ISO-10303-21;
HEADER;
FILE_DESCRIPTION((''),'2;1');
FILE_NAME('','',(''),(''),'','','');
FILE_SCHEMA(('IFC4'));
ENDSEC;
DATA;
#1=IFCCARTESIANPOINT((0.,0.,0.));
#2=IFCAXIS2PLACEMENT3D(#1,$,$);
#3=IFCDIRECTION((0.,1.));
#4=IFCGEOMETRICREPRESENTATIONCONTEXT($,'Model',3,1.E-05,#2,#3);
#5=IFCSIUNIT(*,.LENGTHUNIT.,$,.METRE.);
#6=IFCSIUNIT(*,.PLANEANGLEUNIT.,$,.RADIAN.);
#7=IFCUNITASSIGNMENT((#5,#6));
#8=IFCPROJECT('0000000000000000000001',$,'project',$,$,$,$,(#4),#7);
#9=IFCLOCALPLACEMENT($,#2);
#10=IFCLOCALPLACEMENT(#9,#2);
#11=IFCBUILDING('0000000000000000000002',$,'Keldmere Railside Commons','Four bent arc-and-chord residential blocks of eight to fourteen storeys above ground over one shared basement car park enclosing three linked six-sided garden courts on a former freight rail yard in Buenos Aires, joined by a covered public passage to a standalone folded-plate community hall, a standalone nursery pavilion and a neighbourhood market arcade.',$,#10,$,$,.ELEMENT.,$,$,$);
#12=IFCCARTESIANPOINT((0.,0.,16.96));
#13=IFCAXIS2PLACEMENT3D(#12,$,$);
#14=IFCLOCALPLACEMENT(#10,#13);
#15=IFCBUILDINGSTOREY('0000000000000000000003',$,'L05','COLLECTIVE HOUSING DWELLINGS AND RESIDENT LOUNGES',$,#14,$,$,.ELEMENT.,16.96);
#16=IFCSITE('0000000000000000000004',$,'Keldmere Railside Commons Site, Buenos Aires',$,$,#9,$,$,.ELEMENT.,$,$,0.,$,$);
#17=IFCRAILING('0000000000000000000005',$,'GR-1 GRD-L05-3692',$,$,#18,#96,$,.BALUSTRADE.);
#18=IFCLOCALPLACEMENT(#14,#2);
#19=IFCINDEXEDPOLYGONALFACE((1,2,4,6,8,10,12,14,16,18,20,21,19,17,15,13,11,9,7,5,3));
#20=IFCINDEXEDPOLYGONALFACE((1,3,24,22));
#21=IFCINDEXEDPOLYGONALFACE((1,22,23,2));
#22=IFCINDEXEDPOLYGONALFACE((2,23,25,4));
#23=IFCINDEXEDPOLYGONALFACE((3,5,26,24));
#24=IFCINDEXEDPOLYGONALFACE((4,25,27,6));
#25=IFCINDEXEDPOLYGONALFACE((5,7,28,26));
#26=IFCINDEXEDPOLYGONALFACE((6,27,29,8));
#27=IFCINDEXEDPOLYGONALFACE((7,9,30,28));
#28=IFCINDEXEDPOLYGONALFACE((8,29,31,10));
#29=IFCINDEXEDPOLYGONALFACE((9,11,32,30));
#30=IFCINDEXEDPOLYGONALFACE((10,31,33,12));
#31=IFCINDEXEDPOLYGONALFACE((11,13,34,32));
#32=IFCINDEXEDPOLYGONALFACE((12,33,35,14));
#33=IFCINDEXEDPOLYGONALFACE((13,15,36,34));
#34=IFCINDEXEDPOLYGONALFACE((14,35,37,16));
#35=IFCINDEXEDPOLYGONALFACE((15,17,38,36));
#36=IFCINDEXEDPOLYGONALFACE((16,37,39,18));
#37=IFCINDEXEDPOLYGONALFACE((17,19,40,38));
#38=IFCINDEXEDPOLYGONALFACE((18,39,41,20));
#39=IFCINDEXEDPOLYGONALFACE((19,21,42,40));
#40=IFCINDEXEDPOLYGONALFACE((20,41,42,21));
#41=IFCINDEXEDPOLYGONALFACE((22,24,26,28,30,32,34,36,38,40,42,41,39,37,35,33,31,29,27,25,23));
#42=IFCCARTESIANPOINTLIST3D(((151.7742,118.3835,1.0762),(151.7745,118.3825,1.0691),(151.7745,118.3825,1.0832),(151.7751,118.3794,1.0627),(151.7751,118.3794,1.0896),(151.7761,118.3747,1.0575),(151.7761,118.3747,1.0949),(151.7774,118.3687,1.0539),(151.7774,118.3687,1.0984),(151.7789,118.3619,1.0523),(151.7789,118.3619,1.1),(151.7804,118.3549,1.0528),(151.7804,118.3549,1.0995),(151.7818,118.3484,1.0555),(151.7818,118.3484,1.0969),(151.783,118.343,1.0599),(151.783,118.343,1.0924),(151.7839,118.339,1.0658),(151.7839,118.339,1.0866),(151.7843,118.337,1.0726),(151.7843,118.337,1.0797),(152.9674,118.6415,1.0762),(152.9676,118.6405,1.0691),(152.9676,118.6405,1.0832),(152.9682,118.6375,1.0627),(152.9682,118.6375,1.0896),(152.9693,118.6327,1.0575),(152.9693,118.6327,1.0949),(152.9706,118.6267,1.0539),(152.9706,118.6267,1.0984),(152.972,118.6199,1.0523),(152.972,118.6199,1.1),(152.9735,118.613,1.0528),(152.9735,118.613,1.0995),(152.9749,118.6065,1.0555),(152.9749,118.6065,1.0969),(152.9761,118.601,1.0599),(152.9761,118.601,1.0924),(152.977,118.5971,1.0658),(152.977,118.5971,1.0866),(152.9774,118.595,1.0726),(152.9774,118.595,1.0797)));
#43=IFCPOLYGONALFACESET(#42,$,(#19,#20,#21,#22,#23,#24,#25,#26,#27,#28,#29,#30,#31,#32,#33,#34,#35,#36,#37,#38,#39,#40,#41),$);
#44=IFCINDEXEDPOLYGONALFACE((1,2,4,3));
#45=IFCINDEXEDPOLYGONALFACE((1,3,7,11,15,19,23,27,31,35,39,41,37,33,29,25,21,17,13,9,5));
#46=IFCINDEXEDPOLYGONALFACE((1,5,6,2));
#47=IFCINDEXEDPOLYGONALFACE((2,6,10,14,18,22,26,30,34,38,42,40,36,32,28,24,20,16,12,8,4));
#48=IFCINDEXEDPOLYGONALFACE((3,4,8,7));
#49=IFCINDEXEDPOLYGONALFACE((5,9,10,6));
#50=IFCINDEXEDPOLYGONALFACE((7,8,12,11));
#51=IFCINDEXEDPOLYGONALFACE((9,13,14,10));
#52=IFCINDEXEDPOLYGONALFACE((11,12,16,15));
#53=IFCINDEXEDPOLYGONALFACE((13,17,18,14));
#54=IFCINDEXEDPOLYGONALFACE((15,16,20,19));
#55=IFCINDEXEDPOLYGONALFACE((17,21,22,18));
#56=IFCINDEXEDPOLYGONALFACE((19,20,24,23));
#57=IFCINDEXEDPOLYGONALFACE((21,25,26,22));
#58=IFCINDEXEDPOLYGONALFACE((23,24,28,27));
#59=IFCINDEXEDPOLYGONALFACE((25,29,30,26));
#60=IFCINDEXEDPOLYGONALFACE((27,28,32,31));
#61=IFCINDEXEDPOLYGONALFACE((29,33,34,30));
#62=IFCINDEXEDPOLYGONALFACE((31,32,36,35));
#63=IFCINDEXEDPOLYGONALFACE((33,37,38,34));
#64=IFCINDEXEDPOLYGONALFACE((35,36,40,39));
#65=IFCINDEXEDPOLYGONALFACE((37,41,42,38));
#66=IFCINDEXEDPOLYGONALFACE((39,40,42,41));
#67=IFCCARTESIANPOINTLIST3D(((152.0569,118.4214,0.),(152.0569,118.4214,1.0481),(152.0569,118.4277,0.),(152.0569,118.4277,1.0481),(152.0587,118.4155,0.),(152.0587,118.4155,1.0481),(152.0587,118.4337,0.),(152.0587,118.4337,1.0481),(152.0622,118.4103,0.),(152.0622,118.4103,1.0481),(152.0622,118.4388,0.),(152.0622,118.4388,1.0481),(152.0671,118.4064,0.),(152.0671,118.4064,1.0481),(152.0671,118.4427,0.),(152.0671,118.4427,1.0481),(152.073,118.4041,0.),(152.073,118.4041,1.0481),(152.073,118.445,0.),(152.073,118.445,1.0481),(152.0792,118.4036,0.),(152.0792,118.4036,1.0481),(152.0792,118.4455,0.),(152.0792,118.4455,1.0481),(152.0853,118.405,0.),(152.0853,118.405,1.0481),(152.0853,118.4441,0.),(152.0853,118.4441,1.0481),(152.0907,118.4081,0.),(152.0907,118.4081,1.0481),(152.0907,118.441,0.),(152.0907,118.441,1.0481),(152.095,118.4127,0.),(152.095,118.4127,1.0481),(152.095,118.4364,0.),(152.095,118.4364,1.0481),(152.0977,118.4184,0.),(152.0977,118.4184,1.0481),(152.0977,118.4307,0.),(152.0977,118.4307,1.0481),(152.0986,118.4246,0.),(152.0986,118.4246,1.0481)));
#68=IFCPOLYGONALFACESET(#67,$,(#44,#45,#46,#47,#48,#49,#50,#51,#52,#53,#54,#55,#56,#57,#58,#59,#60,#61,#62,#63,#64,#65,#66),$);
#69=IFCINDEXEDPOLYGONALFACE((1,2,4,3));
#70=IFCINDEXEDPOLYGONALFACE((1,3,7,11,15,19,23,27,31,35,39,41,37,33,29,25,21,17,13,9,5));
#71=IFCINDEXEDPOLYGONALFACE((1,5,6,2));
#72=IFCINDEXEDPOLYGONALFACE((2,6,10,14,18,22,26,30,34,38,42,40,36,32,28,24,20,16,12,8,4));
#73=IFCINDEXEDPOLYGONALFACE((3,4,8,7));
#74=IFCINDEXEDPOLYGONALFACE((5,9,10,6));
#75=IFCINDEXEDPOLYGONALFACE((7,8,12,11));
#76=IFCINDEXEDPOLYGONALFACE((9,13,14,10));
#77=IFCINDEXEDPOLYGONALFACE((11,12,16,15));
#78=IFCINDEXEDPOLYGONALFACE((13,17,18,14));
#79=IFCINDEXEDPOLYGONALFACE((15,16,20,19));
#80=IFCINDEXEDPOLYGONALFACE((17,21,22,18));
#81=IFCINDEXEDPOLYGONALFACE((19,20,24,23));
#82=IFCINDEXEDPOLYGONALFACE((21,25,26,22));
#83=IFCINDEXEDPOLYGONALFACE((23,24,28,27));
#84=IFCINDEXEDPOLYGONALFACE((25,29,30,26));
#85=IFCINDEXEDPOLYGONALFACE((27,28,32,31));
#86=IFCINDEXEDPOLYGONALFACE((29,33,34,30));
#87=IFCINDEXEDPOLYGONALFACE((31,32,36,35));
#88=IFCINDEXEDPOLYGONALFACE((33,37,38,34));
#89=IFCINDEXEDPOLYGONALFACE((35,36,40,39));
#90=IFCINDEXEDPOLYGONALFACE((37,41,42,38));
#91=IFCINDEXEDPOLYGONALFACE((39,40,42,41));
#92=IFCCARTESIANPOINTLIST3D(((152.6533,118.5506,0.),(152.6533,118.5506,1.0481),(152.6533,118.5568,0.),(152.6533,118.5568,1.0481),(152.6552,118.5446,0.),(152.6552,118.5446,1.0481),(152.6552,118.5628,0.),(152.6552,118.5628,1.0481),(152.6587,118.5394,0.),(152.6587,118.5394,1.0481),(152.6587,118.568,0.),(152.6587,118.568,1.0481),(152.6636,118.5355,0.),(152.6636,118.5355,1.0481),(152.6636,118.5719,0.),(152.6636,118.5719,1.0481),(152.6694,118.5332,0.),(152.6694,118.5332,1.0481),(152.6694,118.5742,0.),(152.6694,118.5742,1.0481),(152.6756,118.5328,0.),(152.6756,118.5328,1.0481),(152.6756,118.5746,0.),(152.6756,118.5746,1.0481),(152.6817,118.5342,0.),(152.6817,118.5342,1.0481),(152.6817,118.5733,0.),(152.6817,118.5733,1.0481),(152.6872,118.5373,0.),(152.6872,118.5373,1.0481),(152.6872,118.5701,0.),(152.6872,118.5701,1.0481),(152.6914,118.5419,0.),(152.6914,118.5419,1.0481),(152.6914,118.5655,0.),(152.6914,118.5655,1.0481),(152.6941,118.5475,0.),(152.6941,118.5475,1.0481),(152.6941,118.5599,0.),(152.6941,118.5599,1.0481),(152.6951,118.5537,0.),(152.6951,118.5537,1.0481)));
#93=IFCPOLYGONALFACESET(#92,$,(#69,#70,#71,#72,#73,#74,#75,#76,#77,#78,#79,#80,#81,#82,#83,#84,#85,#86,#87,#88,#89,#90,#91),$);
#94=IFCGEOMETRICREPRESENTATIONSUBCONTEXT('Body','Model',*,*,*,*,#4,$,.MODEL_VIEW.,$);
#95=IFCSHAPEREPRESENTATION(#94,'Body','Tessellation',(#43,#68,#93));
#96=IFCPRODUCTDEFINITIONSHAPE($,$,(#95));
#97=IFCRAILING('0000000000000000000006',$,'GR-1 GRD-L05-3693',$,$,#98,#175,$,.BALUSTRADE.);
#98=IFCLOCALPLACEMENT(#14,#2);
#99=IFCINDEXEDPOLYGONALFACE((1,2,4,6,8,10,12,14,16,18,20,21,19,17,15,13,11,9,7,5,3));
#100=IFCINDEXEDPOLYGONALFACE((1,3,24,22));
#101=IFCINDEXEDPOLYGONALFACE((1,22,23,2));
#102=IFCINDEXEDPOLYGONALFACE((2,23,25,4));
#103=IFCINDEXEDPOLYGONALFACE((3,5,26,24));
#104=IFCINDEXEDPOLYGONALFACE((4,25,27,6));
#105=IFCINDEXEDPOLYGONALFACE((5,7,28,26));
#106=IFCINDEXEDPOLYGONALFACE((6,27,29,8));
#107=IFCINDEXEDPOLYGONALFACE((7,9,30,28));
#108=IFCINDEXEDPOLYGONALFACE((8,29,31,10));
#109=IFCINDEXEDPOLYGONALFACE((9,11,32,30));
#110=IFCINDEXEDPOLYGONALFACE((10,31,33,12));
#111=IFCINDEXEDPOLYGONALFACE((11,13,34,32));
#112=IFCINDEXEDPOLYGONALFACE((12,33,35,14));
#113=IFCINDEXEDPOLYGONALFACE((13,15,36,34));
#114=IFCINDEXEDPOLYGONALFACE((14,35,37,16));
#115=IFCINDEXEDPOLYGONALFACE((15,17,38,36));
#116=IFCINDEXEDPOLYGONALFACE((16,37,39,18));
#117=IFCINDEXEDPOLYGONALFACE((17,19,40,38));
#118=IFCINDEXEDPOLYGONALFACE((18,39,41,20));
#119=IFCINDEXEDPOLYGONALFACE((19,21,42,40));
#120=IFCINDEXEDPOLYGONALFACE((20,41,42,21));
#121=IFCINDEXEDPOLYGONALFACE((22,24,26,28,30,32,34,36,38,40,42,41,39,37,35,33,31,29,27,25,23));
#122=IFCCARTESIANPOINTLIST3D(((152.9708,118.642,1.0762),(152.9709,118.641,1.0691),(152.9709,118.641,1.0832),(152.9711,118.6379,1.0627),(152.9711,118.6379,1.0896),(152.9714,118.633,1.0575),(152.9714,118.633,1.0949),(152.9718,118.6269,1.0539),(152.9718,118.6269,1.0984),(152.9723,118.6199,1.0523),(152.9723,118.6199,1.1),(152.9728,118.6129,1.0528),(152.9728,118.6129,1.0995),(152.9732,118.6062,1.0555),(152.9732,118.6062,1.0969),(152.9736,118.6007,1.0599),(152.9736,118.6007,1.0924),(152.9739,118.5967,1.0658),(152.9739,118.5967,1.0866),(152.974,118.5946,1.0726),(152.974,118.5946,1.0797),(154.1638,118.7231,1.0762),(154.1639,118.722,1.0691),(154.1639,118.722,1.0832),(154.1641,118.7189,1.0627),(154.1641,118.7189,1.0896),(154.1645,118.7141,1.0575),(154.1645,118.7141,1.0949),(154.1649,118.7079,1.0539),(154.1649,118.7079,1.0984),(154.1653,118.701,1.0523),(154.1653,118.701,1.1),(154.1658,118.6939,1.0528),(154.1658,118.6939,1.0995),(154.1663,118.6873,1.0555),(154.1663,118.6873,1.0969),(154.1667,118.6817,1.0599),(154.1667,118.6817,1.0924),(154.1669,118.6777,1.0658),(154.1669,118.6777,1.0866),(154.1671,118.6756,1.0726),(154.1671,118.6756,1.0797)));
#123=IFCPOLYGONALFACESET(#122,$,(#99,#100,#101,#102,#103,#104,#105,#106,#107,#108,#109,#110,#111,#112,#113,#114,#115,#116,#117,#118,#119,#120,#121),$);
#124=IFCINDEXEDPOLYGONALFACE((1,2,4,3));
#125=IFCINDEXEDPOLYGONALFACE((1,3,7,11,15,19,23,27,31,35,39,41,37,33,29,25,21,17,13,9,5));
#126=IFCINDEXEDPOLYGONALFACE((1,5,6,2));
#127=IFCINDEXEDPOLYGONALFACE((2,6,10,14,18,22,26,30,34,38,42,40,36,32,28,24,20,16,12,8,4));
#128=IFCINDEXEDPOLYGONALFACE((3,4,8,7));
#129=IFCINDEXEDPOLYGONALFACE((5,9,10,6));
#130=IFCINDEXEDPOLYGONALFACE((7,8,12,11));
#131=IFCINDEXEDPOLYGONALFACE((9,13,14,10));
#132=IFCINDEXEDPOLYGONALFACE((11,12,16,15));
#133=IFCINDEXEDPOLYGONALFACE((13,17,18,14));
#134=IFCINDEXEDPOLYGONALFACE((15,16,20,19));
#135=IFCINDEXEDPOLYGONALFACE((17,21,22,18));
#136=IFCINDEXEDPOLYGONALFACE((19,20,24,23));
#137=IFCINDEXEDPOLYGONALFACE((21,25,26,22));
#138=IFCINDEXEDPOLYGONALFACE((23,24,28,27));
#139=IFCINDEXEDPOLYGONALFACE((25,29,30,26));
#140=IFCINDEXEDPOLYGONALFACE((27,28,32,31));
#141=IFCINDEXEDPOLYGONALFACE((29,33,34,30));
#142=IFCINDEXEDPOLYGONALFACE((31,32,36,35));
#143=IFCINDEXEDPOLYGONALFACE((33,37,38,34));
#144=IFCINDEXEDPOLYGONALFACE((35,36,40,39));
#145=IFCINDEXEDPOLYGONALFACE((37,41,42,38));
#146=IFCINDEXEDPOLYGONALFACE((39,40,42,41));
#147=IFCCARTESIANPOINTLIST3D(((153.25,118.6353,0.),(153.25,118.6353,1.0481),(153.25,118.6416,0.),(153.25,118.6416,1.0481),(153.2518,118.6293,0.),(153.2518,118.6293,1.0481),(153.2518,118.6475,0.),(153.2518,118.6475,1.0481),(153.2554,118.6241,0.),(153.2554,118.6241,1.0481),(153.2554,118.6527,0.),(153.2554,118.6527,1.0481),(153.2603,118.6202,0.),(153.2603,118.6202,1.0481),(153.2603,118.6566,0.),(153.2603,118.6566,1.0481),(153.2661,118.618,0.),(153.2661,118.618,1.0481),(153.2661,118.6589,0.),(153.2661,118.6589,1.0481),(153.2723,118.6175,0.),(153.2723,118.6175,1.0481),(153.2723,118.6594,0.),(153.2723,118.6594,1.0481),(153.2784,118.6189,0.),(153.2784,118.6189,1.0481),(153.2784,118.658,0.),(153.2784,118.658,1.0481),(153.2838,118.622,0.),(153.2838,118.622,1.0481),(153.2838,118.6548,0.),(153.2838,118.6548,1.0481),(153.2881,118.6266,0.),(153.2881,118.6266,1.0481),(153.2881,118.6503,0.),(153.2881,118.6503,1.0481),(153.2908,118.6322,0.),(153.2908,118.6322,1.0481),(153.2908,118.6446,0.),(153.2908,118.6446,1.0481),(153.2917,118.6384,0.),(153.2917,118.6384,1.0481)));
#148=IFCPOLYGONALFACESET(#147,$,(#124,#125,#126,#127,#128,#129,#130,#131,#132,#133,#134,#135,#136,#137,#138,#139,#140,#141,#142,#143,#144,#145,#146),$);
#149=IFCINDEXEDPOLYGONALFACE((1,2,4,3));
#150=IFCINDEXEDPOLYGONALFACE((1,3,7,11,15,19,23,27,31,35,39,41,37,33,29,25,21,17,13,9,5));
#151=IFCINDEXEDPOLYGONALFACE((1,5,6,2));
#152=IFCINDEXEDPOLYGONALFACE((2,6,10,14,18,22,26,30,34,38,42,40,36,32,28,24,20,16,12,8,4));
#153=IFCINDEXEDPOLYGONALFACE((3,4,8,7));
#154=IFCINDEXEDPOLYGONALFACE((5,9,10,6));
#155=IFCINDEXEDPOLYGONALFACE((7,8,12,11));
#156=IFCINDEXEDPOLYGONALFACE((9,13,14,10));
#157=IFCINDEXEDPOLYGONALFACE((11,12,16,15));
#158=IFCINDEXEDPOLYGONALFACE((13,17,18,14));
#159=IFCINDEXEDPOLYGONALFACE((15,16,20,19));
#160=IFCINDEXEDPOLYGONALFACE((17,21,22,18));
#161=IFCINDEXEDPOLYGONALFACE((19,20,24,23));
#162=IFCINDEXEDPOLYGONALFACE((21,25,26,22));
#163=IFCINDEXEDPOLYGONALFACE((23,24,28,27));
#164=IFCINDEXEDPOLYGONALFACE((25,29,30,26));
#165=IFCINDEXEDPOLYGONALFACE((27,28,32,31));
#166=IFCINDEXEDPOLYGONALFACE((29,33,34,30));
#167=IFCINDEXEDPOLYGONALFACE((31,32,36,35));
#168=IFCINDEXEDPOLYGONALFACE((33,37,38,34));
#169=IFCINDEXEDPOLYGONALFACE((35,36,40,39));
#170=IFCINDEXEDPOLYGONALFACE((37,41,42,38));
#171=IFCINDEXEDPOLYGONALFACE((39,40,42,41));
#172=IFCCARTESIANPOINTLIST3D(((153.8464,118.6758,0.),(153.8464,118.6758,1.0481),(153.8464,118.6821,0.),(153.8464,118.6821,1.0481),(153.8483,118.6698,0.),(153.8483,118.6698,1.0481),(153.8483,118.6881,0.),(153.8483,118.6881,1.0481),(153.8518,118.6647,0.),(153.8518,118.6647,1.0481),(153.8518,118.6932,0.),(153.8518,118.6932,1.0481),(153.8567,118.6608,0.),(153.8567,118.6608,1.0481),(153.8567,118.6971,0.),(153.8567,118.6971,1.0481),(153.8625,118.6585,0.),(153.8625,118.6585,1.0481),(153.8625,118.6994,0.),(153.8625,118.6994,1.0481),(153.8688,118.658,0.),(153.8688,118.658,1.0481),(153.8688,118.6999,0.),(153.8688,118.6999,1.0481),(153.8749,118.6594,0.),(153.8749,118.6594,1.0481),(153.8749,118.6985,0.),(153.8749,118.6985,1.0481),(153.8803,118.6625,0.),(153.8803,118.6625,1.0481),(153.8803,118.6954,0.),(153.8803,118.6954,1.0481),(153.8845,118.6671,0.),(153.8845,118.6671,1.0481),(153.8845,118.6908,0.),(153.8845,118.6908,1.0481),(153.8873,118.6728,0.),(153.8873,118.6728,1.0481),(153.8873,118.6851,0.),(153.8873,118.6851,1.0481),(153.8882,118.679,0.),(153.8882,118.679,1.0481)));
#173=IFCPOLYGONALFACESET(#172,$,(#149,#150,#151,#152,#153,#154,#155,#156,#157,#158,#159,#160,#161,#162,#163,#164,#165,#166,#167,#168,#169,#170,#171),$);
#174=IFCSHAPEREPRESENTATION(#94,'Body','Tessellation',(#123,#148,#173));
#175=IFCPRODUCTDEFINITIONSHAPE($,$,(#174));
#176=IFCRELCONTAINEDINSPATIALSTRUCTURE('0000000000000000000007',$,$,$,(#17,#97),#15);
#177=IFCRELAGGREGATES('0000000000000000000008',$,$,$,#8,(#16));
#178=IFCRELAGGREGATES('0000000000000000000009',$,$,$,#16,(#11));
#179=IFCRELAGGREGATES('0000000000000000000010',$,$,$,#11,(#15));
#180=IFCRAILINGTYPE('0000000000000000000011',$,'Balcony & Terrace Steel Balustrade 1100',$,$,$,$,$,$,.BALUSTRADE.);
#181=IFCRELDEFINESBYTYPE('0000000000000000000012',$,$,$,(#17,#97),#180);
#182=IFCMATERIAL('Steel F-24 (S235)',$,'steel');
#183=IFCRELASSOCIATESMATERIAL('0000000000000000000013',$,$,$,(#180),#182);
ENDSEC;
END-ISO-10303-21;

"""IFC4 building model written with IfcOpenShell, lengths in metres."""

from ifc_helpers import new_model, si_unit, direction, frame, origin, origin_2d, place, context, subcontext, project, spatial, circle, extrude, material, type_object, element, save


model = new_model("IFC4")

# Units and contexts
model_context = context("Model", 3, precision=1e-05, world=origin(), true_north=direction((0.0, 1.0)))
body_context = subcontext(model_context, "Body", "Model", "MODEL_VIEW")
ifc_project = project(units=[si_unit("LENGTHUNIT", "METRE"), si_unit("PLANEANGLEUNIT", "RADIAN")], contexts=[model_context])

# Site, building, storey
site_placement = place(None, origin())
site = spatial("IfcSite", under=ifc_project, at=site_placement, Name="Keldmere Railside Commons Site, Buenos Aires", CompositionType="ELEMENT", RefElevation=0.0)
building_placement = place(site_placement, origin())
building = spatial("IfcBuilding", under=site, at=building_placement, Name="Keldmere Railside Commons", Description="Four bent arc-and-chord residential blocks of eight to fourteen storeys above ground over one shared basement car park enclosing three linked six-sided garden courts on a former freight rail yard in Buenos Aires, joined by a covered public passage to a standalone folded-plate community hall, a standalone nursery pavilion and a neighbourhood market arcade.", CompositionType="ELEMENT")
storey_placement = place(building_placement, frame((0.0, 0.0, 16.96)))
storey = spatial("IfcBuildingStorey", under=building, at=storey_placement, Name="L05", Description="COLLECTIVE HOUSING DWELLINGS AND RESIDENT LOUNGES", CompositionType="ELEMENT", Elevation=16.96)

# Railings
ifc_material_1 = material(Name="Steel F-24 (S235)", Category="steel")
railing_type = type_object("IfcRailingType", Name="Balcony & Terrace Steel Balustrade 1100", PredefinedType="BALUSTRADE", material=ifc_material_1)
railing_1_placement = place(storey_placement, frame((151.7793, 118.3601, 0.0)))
element("IfcRailing", 1, at=railing_1_placement, inside=storey, type_object=railing_type, Name="GR-1 GRD-L05-3692", PredefinedType="BALUSTRADE", context=body_context, shape_type="SweptSolid", body=[
    extrude(circle(Radius=0.0239, at=origin_2d()), frame((0.0, 0.0, 1.0762), z_axis=(0.9774, 0.2114, 0.0), x_axis=(-0.2114, 0.9774, 0.0)), (0.0, 0.0, 1.0), 1.2207),
    extrude(circle(Radius=0.021, at=origin_2d()), frame((0.2983, 0.0645, 0.0)), (0.0, 0.0, 1.0), 1.0481),
    extrude(circle(Radius=0.021, at=origin_2d()), frame((0.8948, 0.1936, 0.0)), (0.0, 0.0, 1.0), 1.0481),
])
railing_2_placement = place(storey_placement, frame((152.9724, 118.6182, 0.0)))
element("IfcRailing", 2, at=railing_2_placement, inside=storey, type_object=railing_type, Name="GR-1 GRD-L05-3693", PredefinedType="BALUSTRADE", context=body_context, shape_type="SweptSolid", body=[
    extrude(circle(Radius=0.0239, at=origin_2d()), frame((0.0, 0.0, 1.0762), z_axis=(0.9977, 0.067779, 0.0), x_axis=(-0.067779, 0.9977, 0.0)), (0.0, 0.0, 1.0), 1.1958),
    extrude(circle(Radius=0.021, at=origin_2d()), frame((0.2983, 0.0203, 0.0)), (0.0, 0.0, 1.0), 1.0481),
    extrude(circle(Radius=0.021, at=origin_2d()), frame((0.8948, 0.0608, 0.0)), (0.0, 0.0, 1.0), 1.0481),
])

save(model, "model.ifc")
